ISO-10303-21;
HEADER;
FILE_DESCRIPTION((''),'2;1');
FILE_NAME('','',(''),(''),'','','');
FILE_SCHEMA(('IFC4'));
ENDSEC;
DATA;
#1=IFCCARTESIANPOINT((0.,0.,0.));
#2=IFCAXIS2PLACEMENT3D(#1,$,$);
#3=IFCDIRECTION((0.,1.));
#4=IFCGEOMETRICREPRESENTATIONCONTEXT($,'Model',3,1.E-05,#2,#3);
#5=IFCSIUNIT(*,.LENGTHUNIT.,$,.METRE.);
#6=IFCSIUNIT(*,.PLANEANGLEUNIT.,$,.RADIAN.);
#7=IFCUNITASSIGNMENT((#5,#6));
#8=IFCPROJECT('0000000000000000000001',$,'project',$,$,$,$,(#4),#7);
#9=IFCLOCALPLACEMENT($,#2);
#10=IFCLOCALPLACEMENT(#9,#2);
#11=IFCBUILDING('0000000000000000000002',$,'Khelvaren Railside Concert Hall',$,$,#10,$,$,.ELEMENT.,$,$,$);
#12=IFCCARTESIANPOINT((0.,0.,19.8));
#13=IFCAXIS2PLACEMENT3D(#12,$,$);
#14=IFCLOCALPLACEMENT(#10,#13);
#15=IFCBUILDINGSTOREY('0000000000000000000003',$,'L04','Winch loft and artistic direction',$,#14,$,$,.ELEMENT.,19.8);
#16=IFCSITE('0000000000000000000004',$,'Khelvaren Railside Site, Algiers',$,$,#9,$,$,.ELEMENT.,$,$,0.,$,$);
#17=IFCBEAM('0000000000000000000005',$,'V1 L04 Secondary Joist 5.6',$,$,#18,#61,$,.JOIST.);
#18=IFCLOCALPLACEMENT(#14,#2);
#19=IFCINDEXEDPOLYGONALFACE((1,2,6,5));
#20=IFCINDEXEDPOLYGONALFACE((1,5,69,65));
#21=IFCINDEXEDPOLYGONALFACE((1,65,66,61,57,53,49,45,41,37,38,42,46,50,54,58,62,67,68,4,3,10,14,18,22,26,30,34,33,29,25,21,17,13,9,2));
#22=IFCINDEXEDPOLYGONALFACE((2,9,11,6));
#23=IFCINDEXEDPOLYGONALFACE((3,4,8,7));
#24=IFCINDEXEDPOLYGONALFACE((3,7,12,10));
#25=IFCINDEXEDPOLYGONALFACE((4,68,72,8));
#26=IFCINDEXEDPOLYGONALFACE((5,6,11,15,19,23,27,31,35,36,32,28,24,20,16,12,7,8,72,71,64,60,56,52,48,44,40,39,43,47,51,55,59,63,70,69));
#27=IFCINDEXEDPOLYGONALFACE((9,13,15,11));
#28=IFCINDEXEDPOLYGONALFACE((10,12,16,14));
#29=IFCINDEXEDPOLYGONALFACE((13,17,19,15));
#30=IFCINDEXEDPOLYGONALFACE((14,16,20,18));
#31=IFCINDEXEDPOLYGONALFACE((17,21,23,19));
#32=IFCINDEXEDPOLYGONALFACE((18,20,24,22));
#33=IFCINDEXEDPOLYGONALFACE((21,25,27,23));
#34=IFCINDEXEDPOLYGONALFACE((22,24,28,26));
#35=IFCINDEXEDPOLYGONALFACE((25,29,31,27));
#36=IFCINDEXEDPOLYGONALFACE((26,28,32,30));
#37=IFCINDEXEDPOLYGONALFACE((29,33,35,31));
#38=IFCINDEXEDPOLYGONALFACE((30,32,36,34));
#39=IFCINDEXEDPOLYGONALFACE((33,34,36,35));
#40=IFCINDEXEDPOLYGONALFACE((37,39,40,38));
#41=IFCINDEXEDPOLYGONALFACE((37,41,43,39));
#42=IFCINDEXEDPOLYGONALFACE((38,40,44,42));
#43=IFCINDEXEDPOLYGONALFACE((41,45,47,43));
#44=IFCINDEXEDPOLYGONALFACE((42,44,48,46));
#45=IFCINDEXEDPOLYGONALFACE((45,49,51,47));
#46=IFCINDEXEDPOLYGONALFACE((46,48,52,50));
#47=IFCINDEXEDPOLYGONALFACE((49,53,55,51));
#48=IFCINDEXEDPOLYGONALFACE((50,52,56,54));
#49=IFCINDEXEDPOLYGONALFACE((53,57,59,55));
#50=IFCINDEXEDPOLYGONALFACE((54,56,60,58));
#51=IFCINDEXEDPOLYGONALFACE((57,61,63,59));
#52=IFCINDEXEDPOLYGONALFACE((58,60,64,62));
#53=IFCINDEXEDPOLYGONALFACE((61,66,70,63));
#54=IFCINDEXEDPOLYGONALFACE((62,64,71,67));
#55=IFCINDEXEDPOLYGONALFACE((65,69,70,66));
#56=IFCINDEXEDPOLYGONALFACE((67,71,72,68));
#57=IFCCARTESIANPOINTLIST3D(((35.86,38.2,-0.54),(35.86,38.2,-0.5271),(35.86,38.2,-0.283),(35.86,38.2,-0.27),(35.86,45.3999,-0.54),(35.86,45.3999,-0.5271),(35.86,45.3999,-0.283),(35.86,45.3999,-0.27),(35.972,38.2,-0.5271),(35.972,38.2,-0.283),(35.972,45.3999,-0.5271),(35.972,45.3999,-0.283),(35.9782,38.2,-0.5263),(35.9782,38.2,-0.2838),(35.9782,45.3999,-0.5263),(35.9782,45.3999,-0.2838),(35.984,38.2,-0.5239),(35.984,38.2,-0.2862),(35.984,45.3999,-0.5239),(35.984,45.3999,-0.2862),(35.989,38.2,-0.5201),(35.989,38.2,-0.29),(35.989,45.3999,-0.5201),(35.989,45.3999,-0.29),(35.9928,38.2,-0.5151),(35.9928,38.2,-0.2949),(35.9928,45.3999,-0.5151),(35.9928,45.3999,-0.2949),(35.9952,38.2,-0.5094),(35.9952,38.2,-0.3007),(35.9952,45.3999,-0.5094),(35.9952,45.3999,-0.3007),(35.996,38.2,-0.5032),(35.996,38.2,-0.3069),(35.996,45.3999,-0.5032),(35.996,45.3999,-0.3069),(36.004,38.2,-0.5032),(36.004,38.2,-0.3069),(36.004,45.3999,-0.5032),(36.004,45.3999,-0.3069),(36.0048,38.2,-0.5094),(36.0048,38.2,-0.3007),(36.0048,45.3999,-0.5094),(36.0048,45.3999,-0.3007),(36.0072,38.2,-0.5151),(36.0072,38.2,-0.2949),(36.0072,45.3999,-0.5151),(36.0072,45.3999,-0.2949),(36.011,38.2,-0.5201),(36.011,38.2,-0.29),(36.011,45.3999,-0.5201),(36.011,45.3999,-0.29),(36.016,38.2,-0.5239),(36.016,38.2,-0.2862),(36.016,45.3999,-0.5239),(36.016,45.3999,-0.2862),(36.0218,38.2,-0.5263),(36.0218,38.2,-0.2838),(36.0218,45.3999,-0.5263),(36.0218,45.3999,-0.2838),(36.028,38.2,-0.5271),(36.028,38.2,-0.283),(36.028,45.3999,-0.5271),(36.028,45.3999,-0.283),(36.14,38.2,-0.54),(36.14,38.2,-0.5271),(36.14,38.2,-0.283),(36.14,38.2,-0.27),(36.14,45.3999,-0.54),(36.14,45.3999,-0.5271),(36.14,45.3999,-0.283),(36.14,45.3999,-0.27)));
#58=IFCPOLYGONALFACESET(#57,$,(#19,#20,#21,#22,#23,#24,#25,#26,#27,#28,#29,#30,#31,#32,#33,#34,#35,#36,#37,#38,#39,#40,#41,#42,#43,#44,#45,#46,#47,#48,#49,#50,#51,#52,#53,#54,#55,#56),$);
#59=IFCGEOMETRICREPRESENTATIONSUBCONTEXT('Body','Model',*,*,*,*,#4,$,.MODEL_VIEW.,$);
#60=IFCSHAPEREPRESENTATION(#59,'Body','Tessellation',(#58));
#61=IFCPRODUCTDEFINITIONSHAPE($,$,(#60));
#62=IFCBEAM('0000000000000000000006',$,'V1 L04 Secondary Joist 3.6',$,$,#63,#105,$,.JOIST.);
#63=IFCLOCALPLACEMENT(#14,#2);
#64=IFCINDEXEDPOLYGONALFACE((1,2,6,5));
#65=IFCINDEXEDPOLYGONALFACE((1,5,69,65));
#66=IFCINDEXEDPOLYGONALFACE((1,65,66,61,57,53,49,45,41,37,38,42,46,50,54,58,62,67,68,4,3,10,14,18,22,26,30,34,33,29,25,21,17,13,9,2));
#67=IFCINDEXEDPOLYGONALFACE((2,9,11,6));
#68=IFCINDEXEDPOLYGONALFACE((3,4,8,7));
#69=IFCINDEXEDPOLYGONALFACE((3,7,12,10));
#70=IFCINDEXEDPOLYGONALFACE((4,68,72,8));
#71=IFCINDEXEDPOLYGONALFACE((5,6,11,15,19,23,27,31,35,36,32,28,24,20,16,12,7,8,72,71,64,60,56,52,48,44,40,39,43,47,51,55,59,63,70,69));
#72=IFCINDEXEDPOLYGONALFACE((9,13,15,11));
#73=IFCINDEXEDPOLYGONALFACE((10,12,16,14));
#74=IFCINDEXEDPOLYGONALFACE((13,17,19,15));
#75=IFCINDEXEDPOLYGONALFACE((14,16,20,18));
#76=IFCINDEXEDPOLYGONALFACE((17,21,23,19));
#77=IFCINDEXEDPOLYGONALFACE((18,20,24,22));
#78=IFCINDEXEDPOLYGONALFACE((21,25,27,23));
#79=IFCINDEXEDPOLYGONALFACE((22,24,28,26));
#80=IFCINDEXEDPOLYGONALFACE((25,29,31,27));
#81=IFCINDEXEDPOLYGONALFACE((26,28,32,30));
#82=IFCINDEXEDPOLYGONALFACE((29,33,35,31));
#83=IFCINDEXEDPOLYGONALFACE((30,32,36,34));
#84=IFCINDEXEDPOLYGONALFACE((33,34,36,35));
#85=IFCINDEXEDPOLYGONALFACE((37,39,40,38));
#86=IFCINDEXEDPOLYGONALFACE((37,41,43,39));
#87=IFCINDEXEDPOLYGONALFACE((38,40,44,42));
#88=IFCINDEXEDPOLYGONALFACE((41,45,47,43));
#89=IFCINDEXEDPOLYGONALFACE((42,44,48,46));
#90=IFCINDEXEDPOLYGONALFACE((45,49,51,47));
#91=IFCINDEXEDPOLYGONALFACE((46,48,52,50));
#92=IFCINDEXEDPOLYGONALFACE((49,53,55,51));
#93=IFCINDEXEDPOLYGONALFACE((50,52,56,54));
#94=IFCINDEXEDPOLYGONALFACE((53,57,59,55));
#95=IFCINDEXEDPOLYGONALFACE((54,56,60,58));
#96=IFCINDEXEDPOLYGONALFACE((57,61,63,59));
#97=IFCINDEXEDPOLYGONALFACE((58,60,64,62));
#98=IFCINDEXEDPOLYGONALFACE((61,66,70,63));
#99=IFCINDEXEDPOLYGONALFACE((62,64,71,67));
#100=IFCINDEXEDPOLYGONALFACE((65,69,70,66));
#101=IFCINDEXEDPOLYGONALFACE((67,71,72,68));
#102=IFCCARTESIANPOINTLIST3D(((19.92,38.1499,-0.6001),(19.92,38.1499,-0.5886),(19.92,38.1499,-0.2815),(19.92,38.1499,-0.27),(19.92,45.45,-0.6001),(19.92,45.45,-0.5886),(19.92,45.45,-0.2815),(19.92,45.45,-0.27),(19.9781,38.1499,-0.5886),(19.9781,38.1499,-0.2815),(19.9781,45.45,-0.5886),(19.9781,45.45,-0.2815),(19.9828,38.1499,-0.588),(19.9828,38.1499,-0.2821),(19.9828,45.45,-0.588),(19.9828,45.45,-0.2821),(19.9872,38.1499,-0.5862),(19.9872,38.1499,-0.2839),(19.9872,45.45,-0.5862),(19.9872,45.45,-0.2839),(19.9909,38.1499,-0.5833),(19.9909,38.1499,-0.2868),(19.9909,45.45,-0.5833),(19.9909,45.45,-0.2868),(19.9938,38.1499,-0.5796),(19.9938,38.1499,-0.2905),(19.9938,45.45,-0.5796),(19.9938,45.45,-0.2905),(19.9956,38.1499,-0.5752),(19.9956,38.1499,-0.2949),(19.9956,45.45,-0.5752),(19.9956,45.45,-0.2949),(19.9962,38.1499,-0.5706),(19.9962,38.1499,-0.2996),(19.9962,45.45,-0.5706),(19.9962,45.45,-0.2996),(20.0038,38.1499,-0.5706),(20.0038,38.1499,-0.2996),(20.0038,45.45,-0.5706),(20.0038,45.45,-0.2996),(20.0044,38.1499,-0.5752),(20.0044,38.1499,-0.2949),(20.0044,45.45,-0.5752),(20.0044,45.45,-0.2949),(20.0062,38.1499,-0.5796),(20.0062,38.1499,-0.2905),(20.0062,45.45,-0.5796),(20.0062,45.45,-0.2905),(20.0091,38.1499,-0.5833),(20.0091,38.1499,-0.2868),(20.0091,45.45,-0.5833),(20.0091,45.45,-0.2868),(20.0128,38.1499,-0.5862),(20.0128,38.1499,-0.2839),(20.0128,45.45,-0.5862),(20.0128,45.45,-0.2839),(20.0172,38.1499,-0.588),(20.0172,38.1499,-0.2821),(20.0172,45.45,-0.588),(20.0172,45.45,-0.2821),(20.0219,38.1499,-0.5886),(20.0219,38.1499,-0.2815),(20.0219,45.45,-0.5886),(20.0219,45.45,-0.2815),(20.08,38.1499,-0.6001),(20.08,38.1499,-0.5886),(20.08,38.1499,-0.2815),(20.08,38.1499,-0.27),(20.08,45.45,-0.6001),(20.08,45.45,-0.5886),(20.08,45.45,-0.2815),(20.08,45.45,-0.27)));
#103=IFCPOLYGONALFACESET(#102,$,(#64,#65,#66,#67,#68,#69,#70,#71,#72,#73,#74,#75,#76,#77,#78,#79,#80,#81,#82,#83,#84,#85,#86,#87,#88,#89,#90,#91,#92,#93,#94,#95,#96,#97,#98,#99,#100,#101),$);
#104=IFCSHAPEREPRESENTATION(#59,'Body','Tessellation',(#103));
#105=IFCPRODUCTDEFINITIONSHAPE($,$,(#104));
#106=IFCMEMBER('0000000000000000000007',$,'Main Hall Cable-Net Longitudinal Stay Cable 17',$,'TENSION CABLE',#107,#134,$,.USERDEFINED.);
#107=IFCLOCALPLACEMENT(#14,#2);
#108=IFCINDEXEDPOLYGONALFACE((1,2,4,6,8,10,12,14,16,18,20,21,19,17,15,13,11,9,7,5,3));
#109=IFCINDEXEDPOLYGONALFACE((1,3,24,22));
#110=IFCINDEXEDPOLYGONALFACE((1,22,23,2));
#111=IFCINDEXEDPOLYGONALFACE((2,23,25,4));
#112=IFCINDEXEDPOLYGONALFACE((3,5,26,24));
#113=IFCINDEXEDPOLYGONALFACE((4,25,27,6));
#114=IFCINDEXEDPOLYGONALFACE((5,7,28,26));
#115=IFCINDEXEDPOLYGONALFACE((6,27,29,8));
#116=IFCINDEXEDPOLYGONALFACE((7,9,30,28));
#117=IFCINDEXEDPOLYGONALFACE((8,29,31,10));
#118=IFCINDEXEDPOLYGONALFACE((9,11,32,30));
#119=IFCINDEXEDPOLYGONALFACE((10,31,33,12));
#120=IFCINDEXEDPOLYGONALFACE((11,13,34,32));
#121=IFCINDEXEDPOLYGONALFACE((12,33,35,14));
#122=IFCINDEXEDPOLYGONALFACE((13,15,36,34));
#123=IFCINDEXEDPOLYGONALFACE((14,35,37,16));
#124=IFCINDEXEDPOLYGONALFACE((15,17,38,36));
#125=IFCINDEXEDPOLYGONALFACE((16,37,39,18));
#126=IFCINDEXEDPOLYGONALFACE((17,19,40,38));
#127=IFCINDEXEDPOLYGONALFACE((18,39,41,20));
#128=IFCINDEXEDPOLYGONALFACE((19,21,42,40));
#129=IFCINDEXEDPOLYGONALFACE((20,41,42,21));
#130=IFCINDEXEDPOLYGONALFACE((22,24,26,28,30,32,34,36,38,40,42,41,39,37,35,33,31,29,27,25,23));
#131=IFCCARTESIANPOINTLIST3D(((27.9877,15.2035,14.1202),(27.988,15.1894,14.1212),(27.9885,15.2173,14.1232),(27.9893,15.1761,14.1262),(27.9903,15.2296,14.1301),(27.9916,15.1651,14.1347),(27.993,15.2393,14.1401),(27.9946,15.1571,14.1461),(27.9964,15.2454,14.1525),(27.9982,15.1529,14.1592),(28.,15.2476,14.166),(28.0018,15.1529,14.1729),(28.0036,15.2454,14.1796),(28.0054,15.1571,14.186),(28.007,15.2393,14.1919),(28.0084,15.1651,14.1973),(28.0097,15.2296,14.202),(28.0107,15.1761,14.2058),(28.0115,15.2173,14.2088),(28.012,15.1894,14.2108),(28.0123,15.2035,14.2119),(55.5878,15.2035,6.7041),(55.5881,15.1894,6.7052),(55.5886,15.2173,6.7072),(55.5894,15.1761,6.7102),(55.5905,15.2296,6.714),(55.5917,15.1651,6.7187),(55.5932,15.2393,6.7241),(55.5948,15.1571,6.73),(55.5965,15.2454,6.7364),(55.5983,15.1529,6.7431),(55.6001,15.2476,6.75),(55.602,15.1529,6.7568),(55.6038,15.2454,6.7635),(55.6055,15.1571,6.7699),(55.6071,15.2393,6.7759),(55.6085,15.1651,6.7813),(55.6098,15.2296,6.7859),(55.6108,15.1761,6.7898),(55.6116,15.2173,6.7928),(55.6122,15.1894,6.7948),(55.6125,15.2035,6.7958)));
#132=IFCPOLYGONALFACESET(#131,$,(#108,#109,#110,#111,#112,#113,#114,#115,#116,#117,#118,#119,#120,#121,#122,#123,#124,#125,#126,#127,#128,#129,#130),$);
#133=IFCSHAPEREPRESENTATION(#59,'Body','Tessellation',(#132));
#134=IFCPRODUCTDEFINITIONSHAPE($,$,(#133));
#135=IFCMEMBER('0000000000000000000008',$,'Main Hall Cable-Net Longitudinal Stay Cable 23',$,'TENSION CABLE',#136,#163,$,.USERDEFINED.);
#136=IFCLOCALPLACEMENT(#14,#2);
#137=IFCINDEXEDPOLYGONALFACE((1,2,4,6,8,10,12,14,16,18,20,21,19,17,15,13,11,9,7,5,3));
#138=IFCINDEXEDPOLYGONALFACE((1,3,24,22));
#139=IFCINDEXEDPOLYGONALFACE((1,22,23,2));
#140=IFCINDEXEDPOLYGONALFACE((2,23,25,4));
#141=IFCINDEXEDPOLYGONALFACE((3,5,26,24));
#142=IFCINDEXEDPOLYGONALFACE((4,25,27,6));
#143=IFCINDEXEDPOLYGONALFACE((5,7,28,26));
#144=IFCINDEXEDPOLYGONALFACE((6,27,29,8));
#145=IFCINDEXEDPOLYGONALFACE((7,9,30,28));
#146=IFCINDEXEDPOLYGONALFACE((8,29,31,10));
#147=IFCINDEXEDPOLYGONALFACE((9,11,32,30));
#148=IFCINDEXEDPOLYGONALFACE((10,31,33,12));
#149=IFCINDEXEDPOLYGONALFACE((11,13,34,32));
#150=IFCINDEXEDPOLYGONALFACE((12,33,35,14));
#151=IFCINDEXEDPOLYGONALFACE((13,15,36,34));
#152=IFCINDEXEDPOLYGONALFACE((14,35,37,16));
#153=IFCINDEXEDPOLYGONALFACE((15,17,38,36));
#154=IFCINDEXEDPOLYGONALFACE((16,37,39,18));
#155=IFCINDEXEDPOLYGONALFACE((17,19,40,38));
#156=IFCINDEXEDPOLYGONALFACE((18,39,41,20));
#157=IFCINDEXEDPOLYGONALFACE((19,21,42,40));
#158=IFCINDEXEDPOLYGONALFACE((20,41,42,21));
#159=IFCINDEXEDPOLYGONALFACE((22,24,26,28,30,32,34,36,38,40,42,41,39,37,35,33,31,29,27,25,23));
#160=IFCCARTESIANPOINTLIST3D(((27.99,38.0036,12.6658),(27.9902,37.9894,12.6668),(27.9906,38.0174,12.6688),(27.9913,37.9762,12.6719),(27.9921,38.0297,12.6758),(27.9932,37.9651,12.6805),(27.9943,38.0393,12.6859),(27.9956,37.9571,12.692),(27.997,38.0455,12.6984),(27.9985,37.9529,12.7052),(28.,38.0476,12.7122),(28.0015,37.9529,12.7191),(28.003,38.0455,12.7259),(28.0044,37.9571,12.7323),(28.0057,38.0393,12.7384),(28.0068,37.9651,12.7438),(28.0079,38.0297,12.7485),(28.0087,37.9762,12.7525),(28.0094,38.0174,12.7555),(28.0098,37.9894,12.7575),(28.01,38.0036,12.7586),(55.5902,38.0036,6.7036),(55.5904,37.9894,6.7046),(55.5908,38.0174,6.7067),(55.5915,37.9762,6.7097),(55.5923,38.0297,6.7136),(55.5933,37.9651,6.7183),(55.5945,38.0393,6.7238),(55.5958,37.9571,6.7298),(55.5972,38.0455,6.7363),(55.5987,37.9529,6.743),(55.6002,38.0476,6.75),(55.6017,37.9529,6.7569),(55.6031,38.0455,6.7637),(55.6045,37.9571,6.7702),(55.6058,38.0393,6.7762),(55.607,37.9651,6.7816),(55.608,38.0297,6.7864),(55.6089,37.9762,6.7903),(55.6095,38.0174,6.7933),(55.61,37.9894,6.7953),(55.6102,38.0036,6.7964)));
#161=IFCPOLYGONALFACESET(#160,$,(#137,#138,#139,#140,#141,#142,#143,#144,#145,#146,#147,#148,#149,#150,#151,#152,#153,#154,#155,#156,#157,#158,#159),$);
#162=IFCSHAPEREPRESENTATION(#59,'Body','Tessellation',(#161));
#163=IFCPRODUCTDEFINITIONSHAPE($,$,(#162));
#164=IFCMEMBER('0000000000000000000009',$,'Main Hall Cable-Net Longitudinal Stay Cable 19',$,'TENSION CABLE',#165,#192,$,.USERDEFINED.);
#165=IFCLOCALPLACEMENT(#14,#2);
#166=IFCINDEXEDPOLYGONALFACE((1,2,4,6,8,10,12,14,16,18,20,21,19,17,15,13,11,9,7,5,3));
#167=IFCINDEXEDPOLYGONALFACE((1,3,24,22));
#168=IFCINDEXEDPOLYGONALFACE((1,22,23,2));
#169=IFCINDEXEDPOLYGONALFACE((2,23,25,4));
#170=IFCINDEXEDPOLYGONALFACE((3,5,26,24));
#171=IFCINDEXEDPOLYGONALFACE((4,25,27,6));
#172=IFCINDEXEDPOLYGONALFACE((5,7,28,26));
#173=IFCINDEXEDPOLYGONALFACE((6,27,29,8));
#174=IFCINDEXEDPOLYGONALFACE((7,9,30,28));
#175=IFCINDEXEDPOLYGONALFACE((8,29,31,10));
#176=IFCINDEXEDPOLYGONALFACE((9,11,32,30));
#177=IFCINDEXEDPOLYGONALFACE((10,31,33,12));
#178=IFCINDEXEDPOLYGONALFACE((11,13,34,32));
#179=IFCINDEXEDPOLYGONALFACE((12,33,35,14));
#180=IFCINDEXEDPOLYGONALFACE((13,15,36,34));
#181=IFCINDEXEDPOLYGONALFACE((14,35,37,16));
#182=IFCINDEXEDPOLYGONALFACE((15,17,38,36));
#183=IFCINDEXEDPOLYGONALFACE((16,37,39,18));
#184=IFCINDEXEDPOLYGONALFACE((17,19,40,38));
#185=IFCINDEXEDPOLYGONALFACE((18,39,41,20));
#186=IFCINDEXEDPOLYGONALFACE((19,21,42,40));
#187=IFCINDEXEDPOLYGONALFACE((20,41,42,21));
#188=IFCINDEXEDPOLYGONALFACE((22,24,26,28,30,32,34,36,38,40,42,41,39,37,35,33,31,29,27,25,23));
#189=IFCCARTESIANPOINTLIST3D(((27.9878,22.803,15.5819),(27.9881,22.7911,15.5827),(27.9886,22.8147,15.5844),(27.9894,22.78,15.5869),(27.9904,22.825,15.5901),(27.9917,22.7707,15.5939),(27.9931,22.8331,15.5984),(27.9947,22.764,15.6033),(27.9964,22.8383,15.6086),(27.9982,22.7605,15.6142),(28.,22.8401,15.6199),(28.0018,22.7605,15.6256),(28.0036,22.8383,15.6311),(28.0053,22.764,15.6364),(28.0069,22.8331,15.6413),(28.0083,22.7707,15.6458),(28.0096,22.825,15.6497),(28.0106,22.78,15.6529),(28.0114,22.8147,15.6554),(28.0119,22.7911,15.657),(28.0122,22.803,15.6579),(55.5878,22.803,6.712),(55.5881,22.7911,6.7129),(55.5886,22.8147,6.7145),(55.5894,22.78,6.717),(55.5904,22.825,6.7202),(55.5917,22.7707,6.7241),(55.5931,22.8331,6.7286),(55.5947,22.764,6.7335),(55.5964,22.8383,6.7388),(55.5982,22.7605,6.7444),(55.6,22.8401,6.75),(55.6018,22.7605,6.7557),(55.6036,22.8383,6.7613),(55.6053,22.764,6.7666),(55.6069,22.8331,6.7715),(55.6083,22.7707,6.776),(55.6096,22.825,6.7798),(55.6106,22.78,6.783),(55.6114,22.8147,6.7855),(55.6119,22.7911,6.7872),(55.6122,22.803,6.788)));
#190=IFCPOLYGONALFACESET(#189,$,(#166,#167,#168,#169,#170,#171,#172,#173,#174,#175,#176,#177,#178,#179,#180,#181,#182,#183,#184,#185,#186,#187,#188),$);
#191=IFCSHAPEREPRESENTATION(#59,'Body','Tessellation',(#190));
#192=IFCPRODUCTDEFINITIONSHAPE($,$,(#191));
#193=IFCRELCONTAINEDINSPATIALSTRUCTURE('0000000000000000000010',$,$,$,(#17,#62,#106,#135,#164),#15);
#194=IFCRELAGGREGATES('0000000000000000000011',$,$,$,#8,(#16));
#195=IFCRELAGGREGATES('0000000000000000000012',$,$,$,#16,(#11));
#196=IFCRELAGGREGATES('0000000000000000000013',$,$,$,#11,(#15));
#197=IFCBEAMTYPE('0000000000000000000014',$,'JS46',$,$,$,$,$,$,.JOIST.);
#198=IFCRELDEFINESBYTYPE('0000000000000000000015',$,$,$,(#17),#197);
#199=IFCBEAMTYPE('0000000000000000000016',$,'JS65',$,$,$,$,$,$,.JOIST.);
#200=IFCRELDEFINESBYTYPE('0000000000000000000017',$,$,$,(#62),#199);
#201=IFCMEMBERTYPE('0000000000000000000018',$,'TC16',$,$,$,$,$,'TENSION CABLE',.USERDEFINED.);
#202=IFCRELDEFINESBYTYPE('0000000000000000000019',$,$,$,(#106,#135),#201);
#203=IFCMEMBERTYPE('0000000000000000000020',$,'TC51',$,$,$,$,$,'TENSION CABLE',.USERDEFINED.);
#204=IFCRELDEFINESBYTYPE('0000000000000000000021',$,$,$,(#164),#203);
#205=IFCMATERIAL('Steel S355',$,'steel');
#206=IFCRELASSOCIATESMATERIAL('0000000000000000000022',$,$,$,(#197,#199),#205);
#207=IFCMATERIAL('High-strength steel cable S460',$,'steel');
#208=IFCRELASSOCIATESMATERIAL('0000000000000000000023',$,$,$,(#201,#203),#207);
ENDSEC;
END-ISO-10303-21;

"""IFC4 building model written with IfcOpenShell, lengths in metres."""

from ifc_helpers import new_model, si_unit, direction, frame, origin, origin_2d, place, context, subcontext, project, spatial, circle, i_section, extrude, material, material_profile, profile_set, type_object, element, save


model = new_model("IFC4")

# Units and contexts
model_context = context("Model", 3, precision=1e-05, world=origin(), true_north=direction((0.0, 1.0)))
body_context = subcontext(model_context, "Body", "Model", "MODEL_VIEW")
ifc_project = project(units=[si_unit("LENGTHUNIT", "METRE"), si_unit("PLANEANGLEUNIT", "RADIAN")], contexts=[model_context])

# Site, building, storey
site_placement = place(None, origin())
site = spatial("IfcSite", under=ifc_project, at=site_placement, Name="Khelvaren Railside Site, Algiers", CompositionType="ELEMENT", RefElevation=0.0)
building_placement = place(site_placement, origin())
building = spatial("IfcBuilding", under=site, at=building_placement, Name="Khelvaren Railside Concert Hall", CompositionType="ELEMENT")
storey_placement = place(building_placement, frame((0.0, 0.0, 19.8)))
storey = spatial("IfcBuildingStorey", under=building, at=storey_placement, Name="L04", Description="Winch loft and artistic direction", CompositionType="ELEMENT", Elevation=19.8)

# Shared definitions
ifc_material_1 = material(Name="Steel S355", Category="steel")

# Beams
ifc_material_profile_1 = material_profile(ifc_material_1, i_section(OverallWidth=0.28, OverallDepth=0.27, WebThickness=0.0081, FlangeThickness=0.0129, FilletRadius=0.0239, at=origin_2d()), Name="HEA 280")
ifc_profile_set_1 = profile_set([ifc_material_profile_1], Name="Steel S355")
beam_type_1 = type_object("IfcBeamType", Name="JS46", PredefinedType="JOIST", material=ifc_profile_set_1)
beam_1_placement = place(storey_placement, frame((36.0, 38.2, -0.405), z_axis=(0.0, 1.0, 0.0), x_axis=(-1.0, 0.0, 0.0)))
element("IfcBeam", 1, at=beam_1_placement, inside=storey, type_object=beam_type_1, Name="V1 L04 Secondary Joist 5.6", PredefinedType="JOIST", context=body_context, shape_type="SweptSolid", body=[
    extrude(i_section(OverallWidth=0.28, OverallDepth=0.27, WebThickness=0.0081, FlangeThickness=0.0129, FilletRadius=0.0239, at=origin_2d()), origin(), (0.0, 0.0, 1.0), 7.2),
])
ifc_material_profile_2 = material_profile(ifc_material_1, i_section(OverallWidth=0.1599, OverallDepth=0.3301, WebThickness=0.0076, FlangeThickness=0.0115, FilletRadius=0.0181, at=origin_2d()), Name="IPE 330")
ifc_profile_set_2 = profile_set([ifc_material_profile_2], Name="Steel S355")
beam_type_2 = type_object("IfcBeamType", Name="JS65", PredefinedType="JOIST", material=ifc_profile_set_2)
beam_2_placement = place(storey_placement, frame((20.0, 38.1499, -0.4351), z_axis=(0.0, 1.0, 0.0), x_axis=(-1.0, 0.0, 0.0)))
element("IfcBeam", 2, at=beam_2_placement, inside=storey, type_object=beam_type_2, Name="V1 L04 Secondary Joist 3.6", PredefinedType="JOIST", context=body_context, shape_type="SweptSolid", body=[
    extrude(i_section(OverallWidth=0.1599, OverallDepth=0.3301, WebThickness=0.0076, FlangeThickness=0.0115, FilletRadius=0.0181, at=origin_2d()), origin(), (0.0, 0.0, 1.0), 7.3),
])

# Members
ifc_material_2 = material(Name="High-strength steel cable S460", Category="steel")
ifc_material_profile_3 = material_profile(ifc_material_2, circle(Radius=0.0476, at=origin_2d()), Name="LCB D95")
ifc_profile_set_3 = profile_set([ifc_material_profile_3], Name="High-strength steel cable S460")
member_type_1 = type_object("IfcMemberType", Name="TC16", ElementType="TENSION CABLE", PredefinedType="USERDEFINED", material=ifc_profile_set_3)
member_1_placement = place(storey_placement, frame((28.0, 15.2, 14.166), z_axis=(0.965745, 0.0, -0.259491), x_axis=(0.0, 1.0, 0.0)))
element("IfcMember", 3, at=member_1_placement, inside=storey, type_object=member_type_1, Name="Main Hall Cable-Net Longitudinal Stay Cable 17", ObjectType="TENSION CABLE", PredefinedType="USERDEFINED", context=body_context, shape_type="SweptSolid", body=[
    extrude(circle(Radius=0.0476, at=origin_2d()), origin(), (0.0, 0.0, 1.0), 28.5791),
])
member_2_placement = place(storey_placement, frame((28.0, 38.0, 12.7122), z_axis=(0.977454, 0.0, -0.211149), x_axis=(0.0, 1.0, 0.0)))
element("IfcMember", 4, at=member_2_placement, inside=storey, type_object=member_type_1, Name="Main Hall Cable-Net Longitudinal Stay Cable 23", ObjectType="TENSION CABLE", PredefinedType="USERDEFINED", context=body_context, shape_type="SweptSolid", body=[
    extrude(circle(Radius=0.0476, at=origin_2d()), origin(), (0.0, 0.0, 1.0), 28.2368),
])
ifc_material_profile_4 = material_profile(ifc_material_2, circle(Radius=0.04, at=origin_2d()), Name="LCB D80")
ifc_profile_set_4 = profile_set([ifc_material_profile_4], Name="High-strength steel cable S460")
member_type_2 = type_object("IfcMemberType", Name="TC51", ElementType="TENSION CABLE", PredefinedType="USERDEFINED", material=ifc_profile_set_4)
member_3_placement = place(storey_placement, frame((28.0, 22.8, 15.6199), z_axis=(0.952045, 0.0, -0.30596), x_axis=(0.0, 1.0, 0.0)))
element("IfcMember", 5, at=member_3_placement, inside=storey, type_object=member_type_2, Name="Main Hall Cable-Net Longitudinal Stay Cable 19", ObjectType="TENSION CABLE", PredefinedType="USERDEFINED", context=body_context, shape_type="SweptSolid", body=[
    extrude(circle(Radius=0.04, at=origin_2d()), origin(), (0.0, 0.0, 1.0), 28.9902),
])

save(model, "model.ifc")
